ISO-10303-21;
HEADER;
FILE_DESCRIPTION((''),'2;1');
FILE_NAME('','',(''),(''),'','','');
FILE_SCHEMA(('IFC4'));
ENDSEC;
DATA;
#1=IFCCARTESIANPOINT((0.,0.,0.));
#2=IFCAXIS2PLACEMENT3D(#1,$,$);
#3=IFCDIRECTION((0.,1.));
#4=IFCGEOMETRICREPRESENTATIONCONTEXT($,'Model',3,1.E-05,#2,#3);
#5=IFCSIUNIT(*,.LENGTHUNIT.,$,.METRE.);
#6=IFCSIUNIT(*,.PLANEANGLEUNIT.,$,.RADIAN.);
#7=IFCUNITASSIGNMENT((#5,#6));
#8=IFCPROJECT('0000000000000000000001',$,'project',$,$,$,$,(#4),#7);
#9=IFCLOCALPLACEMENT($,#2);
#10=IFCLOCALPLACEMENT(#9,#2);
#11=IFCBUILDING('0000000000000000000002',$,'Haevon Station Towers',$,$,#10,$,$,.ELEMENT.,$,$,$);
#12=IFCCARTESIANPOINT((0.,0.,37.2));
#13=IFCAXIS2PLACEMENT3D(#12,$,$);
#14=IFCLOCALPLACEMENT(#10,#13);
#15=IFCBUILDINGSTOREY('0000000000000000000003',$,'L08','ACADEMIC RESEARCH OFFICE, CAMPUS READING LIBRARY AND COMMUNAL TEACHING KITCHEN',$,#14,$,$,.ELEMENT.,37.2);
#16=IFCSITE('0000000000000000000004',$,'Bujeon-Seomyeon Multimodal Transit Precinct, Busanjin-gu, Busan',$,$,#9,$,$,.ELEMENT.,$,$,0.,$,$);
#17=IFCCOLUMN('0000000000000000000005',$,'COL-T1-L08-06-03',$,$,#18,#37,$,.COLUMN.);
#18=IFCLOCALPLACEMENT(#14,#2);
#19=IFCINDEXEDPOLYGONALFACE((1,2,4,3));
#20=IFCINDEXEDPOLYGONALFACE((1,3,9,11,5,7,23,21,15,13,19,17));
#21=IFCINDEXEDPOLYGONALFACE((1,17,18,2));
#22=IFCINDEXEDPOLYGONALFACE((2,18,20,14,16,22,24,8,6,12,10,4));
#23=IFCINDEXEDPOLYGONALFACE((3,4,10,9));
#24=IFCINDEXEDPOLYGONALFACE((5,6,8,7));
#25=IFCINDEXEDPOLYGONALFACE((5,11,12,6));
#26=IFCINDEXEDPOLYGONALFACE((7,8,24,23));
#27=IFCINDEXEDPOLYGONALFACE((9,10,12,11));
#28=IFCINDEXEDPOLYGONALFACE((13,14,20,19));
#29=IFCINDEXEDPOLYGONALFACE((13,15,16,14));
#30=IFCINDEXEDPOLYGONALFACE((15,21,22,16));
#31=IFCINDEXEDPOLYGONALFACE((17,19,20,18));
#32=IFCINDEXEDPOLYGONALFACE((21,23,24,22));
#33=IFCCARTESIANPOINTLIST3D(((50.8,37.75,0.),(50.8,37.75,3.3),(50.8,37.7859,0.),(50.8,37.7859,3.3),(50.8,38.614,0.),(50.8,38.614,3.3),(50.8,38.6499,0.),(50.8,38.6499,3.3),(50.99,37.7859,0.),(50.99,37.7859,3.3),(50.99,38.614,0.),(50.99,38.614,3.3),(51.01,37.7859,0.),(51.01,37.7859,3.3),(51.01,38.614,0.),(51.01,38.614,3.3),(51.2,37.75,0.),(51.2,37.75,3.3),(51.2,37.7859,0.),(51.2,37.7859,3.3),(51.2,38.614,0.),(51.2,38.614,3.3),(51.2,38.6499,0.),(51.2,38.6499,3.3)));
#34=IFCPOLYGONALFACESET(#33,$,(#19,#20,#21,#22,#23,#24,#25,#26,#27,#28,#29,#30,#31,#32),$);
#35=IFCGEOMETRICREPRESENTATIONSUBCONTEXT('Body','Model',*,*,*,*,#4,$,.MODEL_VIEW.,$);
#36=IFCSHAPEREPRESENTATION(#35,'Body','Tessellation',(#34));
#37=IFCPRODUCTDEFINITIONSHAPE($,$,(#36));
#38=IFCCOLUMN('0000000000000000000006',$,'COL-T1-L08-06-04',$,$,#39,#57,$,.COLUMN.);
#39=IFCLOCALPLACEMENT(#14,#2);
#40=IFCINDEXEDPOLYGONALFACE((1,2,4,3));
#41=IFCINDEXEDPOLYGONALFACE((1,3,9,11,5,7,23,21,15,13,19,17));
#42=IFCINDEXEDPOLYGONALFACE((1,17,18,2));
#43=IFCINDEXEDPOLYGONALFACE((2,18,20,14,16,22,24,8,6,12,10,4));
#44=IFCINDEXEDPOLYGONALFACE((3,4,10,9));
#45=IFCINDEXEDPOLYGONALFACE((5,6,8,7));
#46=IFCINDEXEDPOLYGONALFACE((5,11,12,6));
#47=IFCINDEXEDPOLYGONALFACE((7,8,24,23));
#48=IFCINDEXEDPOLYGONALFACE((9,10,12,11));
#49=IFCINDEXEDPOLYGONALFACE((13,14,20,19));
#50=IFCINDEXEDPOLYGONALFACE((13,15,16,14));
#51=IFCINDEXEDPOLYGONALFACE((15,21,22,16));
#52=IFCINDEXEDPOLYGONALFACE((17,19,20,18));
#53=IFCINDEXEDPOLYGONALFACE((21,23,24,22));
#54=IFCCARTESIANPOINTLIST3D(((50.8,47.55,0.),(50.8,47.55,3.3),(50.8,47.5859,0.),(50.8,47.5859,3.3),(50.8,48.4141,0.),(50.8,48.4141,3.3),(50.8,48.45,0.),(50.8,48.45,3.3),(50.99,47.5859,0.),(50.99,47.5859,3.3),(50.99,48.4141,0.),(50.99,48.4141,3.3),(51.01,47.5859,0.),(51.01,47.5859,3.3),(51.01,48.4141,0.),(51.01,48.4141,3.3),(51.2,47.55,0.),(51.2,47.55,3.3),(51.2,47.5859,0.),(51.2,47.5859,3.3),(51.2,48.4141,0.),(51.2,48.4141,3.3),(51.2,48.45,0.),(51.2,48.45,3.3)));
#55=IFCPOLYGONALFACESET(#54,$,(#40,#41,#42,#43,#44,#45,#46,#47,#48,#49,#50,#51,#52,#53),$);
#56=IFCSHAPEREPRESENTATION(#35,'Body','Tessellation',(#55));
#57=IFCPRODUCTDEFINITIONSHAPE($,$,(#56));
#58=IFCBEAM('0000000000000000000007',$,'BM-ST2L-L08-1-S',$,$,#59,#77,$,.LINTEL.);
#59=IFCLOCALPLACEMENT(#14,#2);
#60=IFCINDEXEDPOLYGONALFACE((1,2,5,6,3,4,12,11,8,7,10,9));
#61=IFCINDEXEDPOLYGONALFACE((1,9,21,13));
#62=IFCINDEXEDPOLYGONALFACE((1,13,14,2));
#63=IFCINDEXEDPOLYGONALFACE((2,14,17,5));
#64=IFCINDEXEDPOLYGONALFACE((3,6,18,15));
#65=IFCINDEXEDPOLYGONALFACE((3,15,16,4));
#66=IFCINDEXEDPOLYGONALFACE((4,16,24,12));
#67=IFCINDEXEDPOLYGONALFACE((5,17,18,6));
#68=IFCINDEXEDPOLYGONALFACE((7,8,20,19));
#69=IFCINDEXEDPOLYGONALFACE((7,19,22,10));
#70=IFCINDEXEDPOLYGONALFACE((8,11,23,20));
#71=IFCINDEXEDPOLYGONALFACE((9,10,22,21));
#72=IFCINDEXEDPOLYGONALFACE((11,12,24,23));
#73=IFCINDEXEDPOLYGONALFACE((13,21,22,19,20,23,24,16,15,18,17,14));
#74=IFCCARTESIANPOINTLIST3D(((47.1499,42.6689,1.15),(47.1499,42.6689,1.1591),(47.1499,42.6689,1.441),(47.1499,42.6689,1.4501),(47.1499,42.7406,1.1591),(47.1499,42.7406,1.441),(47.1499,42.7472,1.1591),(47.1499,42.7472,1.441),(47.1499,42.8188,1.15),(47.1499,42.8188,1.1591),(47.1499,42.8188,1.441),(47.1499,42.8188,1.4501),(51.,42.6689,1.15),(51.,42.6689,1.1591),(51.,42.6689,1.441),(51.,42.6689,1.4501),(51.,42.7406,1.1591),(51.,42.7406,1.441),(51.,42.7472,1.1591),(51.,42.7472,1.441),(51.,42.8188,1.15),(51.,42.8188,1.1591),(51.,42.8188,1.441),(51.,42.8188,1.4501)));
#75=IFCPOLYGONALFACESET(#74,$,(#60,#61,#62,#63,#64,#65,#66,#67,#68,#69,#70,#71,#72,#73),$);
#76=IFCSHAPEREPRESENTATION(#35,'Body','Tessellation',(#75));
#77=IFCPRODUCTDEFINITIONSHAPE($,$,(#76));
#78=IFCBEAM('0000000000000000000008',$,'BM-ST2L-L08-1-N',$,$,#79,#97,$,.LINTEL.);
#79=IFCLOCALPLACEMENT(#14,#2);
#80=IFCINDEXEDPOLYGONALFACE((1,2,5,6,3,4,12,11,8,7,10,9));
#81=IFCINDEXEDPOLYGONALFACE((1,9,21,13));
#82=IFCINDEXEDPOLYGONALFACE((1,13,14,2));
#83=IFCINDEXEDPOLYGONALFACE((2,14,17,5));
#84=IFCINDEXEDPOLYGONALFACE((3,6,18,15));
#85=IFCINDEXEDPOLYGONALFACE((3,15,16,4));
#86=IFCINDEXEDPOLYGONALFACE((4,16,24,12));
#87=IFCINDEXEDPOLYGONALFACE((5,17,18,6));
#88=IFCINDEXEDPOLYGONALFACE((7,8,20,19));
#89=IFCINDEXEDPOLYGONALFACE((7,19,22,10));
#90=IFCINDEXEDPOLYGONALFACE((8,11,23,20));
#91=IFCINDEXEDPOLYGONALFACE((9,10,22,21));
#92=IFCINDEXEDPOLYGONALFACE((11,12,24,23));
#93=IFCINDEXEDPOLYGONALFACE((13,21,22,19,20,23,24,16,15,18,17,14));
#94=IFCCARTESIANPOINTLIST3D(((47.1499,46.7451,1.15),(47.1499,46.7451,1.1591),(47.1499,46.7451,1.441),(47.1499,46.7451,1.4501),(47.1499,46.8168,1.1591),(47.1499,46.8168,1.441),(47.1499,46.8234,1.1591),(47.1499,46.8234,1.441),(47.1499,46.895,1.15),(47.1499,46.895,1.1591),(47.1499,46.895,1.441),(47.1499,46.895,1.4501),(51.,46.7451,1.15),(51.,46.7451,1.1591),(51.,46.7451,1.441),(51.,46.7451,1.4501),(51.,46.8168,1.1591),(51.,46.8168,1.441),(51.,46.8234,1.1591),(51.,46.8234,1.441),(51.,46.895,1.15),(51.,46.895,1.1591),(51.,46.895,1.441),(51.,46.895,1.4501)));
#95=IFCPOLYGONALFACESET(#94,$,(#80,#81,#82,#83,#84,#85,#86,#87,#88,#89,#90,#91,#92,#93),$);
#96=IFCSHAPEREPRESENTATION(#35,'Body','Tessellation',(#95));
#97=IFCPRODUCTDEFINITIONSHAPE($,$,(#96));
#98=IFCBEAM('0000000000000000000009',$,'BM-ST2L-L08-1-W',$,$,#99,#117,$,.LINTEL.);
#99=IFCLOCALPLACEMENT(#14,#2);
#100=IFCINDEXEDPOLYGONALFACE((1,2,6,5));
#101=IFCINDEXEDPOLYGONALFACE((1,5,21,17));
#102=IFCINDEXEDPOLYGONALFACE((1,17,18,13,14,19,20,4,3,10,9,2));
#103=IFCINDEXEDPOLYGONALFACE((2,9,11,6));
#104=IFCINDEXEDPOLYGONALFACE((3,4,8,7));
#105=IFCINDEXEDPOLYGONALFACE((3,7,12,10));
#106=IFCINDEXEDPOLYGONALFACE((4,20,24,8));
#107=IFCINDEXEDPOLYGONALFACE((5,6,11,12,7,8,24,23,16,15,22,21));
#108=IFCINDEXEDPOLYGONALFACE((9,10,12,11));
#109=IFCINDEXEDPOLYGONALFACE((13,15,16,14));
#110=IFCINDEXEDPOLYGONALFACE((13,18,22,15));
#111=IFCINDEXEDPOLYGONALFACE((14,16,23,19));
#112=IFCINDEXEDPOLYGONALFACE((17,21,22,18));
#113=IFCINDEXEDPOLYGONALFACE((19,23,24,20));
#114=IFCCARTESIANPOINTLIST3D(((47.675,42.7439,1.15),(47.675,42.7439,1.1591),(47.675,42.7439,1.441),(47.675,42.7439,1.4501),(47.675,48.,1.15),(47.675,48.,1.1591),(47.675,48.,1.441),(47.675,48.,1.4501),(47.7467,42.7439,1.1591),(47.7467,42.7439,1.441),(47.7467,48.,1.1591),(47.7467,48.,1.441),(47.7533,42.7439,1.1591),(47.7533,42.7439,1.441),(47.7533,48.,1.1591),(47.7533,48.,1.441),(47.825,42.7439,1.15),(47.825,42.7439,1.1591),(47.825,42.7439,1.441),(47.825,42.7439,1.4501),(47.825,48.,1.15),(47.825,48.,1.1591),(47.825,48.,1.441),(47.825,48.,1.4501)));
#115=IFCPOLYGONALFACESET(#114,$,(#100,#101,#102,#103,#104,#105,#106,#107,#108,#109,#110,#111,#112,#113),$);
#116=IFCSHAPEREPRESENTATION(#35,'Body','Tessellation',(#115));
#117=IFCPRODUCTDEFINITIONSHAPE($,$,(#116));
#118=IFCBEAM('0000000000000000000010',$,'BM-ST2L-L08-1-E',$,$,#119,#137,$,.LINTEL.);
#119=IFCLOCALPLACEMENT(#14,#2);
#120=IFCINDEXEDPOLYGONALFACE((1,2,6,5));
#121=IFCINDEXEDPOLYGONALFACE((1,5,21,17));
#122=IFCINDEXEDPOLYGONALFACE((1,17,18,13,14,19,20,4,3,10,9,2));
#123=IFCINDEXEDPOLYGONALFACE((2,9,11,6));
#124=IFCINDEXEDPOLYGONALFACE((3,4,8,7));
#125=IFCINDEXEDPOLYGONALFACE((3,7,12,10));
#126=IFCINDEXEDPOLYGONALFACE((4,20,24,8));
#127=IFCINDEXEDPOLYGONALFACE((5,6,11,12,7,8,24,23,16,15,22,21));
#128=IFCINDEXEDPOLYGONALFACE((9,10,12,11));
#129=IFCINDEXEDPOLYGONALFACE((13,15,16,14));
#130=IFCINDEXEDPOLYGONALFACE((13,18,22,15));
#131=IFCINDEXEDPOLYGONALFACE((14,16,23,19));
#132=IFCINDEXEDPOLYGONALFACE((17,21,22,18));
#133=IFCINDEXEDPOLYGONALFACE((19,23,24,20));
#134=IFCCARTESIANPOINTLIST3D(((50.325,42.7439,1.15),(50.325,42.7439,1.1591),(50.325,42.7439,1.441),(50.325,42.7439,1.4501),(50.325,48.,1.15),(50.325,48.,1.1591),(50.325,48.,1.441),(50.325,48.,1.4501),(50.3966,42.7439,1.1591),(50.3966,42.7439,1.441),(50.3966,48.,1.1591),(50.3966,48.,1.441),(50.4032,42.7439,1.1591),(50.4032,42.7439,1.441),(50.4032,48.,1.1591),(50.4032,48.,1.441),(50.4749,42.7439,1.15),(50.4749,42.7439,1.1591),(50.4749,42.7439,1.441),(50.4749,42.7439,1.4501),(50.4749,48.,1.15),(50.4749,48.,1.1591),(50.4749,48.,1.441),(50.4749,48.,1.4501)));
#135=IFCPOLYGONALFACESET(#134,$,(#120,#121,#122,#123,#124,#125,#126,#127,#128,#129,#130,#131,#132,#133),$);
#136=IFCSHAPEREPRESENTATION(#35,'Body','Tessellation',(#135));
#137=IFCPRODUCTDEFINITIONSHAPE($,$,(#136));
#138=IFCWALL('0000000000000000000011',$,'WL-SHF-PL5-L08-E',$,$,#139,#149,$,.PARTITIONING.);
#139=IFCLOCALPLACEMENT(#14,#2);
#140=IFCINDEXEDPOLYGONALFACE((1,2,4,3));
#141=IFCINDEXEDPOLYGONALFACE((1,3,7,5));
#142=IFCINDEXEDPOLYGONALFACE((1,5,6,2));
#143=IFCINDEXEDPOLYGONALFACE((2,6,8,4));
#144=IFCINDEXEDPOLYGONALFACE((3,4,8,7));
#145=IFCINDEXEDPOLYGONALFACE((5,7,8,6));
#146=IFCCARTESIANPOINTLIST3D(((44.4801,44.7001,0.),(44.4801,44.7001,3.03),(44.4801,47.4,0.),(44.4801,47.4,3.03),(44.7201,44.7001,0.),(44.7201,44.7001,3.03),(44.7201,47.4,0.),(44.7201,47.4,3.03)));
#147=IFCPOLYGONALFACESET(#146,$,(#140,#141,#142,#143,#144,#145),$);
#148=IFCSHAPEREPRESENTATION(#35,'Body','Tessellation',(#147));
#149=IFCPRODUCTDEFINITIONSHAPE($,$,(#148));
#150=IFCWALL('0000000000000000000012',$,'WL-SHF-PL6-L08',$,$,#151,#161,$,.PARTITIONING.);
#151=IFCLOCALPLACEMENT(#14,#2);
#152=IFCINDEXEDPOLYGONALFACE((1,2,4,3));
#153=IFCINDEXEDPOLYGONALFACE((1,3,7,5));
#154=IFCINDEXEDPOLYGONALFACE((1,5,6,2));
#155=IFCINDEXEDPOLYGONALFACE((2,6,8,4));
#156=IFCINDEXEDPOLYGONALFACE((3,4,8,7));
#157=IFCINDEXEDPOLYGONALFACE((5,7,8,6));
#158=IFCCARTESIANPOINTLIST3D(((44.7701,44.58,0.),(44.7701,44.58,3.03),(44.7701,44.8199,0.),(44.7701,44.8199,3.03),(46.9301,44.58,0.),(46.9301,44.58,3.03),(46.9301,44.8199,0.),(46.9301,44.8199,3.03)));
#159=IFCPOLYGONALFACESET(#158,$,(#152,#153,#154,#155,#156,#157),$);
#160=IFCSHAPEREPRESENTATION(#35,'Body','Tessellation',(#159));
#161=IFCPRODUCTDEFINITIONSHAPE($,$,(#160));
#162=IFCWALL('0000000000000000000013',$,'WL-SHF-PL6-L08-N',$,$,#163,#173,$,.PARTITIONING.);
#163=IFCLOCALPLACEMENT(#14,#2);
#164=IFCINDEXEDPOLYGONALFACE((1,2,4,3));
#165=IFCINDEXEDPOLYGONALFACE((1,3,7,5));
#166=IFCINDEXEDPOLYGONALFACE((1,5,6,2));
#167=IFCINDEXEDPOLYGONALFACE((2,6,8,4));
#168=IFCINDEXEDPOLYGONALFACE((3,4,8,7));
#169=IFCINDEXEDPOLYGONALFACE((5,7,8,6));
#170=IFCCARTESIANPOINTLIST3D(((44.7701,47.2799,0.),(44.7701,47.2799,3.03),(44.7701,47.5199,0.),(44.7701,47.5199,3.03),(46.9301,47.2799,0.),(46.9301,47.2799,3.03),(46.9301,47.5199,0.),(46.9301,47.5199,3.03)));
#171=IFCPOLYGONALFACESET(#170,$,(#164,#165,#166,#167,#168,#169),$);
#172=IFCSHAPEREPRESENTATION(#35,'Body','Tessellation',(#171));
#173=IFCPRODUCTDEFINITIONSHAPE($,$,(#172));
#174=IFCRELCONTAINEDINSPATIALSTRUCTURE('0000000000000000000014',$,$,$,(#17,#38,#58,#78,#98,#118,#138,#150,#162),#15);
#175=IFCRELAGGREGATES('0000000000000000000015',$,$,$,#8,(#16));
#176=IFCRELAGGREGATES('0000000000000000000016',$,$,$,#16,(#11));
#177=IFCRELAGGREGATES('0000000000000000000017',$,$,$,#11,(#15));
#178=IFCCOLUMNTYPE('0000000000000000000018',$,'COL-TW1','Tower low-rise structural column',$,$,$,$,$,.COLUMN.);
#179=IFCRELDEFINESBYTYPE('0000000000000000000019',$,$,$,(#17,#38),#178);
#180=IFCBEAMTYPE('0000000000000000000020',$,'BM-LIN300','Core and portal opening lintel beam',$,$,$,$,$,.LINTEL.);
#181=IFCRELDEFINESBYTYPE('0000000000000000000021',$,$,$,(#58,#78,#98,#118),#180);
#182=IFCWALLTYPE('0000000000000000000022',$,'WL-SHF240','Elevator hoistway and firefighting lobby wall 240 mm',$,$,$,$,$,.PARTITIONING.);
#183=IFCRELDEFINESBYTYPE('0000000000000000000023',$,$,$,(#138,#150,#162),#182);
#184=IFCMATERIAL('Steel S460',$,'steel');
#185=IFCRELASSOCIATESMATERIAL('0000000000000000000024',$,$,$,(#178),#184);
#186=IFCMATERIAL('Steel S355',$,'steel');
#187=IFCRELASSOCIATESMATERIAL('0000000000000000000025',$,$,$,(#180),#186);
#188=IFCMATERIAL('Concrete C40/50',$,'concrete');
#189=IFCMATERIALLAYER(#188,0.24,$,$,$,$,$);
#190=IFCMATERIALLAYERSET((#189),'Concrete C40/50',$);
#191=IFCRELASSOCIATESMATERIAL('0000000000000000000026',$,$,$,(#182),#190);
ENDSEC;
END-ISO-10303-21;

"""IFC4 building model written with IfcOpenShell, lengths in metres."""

from ifc_helpers import new_model, si_unit, direction, frame, frame_2d, origin, origin_2d, place, context, subcontext, project, spatial, rectangle, i_section, extrude, material, layer, layer_set, material_profile, profile_set, type_object, element, save


model = new_model("IFC4")

# Units and contexts
model_context = context("Model", 3, precision=1e-05, world=origin(), true_north=direction((0.0, 1.0)))
body_context = subcontext(model_context, "Body", "Model", "MODEL_VIEW")
ifc_project = project(units=[si_unit("LENGTHUNIT", "METRE"), si_unit("PLANEANGLEUNIT", "RADIAN")], contexts=[model_context])

# Site, building, storey
site_placement = place(None, origin())
site = spatial("IfcSite", under=ifc_project, at=site_placement, Name="Bujeon-Seomyeon Multimodal Transit Precinct, Busanjin-gu, Busan", CompositionType="ELEMENT", RefElevation=0.0)
building_placement = place(site_placement, origin())
building = spatial("IfcBuilding", under=site, at=building_placement, Name="Haevon Station Towers", CompositionType="ELEMENT")
storey_placement = place(building_placement, frame((0.0, 0.0, 37.2)))
storey = spatial("IfcBuildingStorey", under=building, at=storey_placement, Name="L08", Description="ACADEMIC RESEARCH OFFICE, CAMPUS READING LIBRARY AND COMMUNAL TEACHING KITCHEN", CompositionType="ELEMENT", Elevation=37.2)

# Columns
ifc_material_1 = material(Name="Steel S460", Category="steel")
ifc_material_profile_1 = material_profile(ifc_material_1, i_section(OverallWidth=0.3999, OverallDepth=0.8999, WebThickness=0.02, FlangeThickness=0.0359, at=origin_2d()), Name="H-900x400x20x36")
ifc_profile_set_1 = profile_set([ifc_material_profile_1], Name="Steel S460")
column_type = type_object("IfcColumnType", Name="COL-TW1", Description="Tower low-rise structural column", PredefinedType="COLUMN", material=ifc_profile_set_1)
for number, where, z_axis, x_axis, name in (
    (1, (51.0, 38.2, 0.0), (0.0, 0.0, 1.0), (1.0, 0.0, 0.0), "COL-T1-L08-06-03"),
    (2, (51.0, 48.0, 0.0), (0.0, 0.0, 1.0), (1.0, 0.0, 0.0), "COL-T1-L08-06-04"),
):
    element("IfcColumn", number, at=place(storey_placement, frame(where, z_axis=z_axis, x_axis=x_axis)), inside=storey, type_object=column_type, Name=name, PredefinedType="COLUMN", context=body_context, shape_type="SweptSolid", body=[
        extrude(i_section(OverallWidth=0.3999, OverallDepth=0.8999, WebThickness=0.02, FlangeThickness=0.0359, at=origin_2d()), origin(), (0.0, 0.0, 1.0), 3.3),
    ])

# Beams
ifc_material_2 = material(Name="Steel S355", Category="steel")
ifc_material_profile_2 = material_profile(ifc_material_2, i_section(OverallWidth=0.1499, OverallDepth=0.3, WebThickness=0.0066, FlangeThickness=0.009, at=origin_2d()), Name="H-300x150x6.5x9")
ifc_profile_set_2 = profile_set([ifc_material_profile_2], Name="Steel S355")
beam_type = type_object("IfcBeamType", Name="BM-LIN300", Description="Core and portal opening lintel beam", PredefinedType="LINTEL", material=ifc_profile_set_2)
for number, where, z_axis, x_axis, name in (
    (3, (47.1499, 42.7439, 1.3), (1.0, 0.0, 0.0), (0.0, 1.0, 0.0), "BM-ST2L-L08-1-S"),
    (4, (47.1499, 46.8201, 1.3), (1.0, 0.0, 0.0), (0.0, 1.0, 0.0), "BM-ST2L-L08-1-N"),
):
    element("IfcBeam", number, at=place(storey_placement, frame(where, z_axis=z_axis, x_axis=x_axis)), inside=storey, type_object=beam_type, Name=name, PredefinedType="LINTEL", context=body_context, shape_type="SweptSolid", body=[
        extrude(i_section(OverallWidth=0.1499, OverallDepth=0.3, WebThickness=0.0066, FlangeThickness=0.009, at=origin_2d()), origin(), (0.0, 0.0, 1.0), 3.8501),
    ])
for number, where, z_axis, x_axis, name in (
    (5, (47.75, 42.7439, 1.3), (0.0, 1.0, 0.0), (-1.0, 0.0, 0.0), "BM-ST2L-L08-1-W"),
    (6, (50.3999, 42.7439, 1.3), (0.0, 1.0, 0.0), (-1.0, 0.0, 0.0), "BM-ST2L-L08-1-E"),
):
    element("IfcBeam", number, at=place(storey_placement, frame(where, z_axis=z_axis, x_axis=x_axis)), inside=storey, type_object=beam_type, Name=name, PredefinedType="LINTEL", context=body_context, shape_type="SweptSolid", body=[
        extrude(i_section(OverallWidth=0.1499, OverallDepth=0.3, WebThickness=0.0066, FlangeThickness=0.009, at=origin_2d()), origin(), (0.0, 0.0, 1.0), 5.2561),
    ])

# Walls
ifc_material_3 = material(Name="Concrete C40/50", Category="concrete")
ifc_layer = layer(ifc_material_3, 0.24)
ifc_layer_set = layer_set([ifc_layer], Name="Concrete C40/50")
wall_type = type_object("IfcWallType", Name="WL-SHF240", Description="Elevator hoistway and firefighting lobby wall 240 mm", PredefinedType="PARTITIONING", material=ifc_layer_set)
wall_placement = place(storey_placement, frame((44.6001, 44.7, 0.0), z_axis=(0.0, 0.0, 1.0), x_axis=(0.0, 1.0, 0.0)))
element("IfcWall", 7, at=wall_placement, inside=storey, type_object=wall_type, Name="WL-SHF-PL5-L08-E", PredefinedType="PARTITIONING", context=body_context, shape_type="SweptSolid", body=[
    extrude(rectangle(XDim=2.7, YDim=0.24, at=frame_2d((1.3501, 0.0))), origin(), (0.0, 0.0, 1.0), 3.03),
])
for number, where, z_axis, x_axis, name in (
    (8, (44.77, 44.7, 0.0), (0.0, 0.0, 1.0), (1.0, 0.0, 0.0), "WL-SHF-PL6-L08"),
    (9, (44.77, 47.3999, 0.0), (0.0, 0.0, 1.0), (1.0, 0.0, 0.0), "WL-SHF-PL6-L08-N"),
):
    element("IfcWall", number, at=place(storey_placement, frame(where, z_axis=z_axis, x_axis=x_axis)), inside=storey, type_object=wall_type, Name=name, PredefinedType="PARTITIONING", context=body_context, shape_type="SweptSolid", body=[
        extrude(rectangle(XDim=2.1599, YDim=0.24, at=frame_2d((1.0801, 0.0))), origin(), (0.0, 0.0, 1.0), 3.03),
    ])

save(model, "model.ifc")
